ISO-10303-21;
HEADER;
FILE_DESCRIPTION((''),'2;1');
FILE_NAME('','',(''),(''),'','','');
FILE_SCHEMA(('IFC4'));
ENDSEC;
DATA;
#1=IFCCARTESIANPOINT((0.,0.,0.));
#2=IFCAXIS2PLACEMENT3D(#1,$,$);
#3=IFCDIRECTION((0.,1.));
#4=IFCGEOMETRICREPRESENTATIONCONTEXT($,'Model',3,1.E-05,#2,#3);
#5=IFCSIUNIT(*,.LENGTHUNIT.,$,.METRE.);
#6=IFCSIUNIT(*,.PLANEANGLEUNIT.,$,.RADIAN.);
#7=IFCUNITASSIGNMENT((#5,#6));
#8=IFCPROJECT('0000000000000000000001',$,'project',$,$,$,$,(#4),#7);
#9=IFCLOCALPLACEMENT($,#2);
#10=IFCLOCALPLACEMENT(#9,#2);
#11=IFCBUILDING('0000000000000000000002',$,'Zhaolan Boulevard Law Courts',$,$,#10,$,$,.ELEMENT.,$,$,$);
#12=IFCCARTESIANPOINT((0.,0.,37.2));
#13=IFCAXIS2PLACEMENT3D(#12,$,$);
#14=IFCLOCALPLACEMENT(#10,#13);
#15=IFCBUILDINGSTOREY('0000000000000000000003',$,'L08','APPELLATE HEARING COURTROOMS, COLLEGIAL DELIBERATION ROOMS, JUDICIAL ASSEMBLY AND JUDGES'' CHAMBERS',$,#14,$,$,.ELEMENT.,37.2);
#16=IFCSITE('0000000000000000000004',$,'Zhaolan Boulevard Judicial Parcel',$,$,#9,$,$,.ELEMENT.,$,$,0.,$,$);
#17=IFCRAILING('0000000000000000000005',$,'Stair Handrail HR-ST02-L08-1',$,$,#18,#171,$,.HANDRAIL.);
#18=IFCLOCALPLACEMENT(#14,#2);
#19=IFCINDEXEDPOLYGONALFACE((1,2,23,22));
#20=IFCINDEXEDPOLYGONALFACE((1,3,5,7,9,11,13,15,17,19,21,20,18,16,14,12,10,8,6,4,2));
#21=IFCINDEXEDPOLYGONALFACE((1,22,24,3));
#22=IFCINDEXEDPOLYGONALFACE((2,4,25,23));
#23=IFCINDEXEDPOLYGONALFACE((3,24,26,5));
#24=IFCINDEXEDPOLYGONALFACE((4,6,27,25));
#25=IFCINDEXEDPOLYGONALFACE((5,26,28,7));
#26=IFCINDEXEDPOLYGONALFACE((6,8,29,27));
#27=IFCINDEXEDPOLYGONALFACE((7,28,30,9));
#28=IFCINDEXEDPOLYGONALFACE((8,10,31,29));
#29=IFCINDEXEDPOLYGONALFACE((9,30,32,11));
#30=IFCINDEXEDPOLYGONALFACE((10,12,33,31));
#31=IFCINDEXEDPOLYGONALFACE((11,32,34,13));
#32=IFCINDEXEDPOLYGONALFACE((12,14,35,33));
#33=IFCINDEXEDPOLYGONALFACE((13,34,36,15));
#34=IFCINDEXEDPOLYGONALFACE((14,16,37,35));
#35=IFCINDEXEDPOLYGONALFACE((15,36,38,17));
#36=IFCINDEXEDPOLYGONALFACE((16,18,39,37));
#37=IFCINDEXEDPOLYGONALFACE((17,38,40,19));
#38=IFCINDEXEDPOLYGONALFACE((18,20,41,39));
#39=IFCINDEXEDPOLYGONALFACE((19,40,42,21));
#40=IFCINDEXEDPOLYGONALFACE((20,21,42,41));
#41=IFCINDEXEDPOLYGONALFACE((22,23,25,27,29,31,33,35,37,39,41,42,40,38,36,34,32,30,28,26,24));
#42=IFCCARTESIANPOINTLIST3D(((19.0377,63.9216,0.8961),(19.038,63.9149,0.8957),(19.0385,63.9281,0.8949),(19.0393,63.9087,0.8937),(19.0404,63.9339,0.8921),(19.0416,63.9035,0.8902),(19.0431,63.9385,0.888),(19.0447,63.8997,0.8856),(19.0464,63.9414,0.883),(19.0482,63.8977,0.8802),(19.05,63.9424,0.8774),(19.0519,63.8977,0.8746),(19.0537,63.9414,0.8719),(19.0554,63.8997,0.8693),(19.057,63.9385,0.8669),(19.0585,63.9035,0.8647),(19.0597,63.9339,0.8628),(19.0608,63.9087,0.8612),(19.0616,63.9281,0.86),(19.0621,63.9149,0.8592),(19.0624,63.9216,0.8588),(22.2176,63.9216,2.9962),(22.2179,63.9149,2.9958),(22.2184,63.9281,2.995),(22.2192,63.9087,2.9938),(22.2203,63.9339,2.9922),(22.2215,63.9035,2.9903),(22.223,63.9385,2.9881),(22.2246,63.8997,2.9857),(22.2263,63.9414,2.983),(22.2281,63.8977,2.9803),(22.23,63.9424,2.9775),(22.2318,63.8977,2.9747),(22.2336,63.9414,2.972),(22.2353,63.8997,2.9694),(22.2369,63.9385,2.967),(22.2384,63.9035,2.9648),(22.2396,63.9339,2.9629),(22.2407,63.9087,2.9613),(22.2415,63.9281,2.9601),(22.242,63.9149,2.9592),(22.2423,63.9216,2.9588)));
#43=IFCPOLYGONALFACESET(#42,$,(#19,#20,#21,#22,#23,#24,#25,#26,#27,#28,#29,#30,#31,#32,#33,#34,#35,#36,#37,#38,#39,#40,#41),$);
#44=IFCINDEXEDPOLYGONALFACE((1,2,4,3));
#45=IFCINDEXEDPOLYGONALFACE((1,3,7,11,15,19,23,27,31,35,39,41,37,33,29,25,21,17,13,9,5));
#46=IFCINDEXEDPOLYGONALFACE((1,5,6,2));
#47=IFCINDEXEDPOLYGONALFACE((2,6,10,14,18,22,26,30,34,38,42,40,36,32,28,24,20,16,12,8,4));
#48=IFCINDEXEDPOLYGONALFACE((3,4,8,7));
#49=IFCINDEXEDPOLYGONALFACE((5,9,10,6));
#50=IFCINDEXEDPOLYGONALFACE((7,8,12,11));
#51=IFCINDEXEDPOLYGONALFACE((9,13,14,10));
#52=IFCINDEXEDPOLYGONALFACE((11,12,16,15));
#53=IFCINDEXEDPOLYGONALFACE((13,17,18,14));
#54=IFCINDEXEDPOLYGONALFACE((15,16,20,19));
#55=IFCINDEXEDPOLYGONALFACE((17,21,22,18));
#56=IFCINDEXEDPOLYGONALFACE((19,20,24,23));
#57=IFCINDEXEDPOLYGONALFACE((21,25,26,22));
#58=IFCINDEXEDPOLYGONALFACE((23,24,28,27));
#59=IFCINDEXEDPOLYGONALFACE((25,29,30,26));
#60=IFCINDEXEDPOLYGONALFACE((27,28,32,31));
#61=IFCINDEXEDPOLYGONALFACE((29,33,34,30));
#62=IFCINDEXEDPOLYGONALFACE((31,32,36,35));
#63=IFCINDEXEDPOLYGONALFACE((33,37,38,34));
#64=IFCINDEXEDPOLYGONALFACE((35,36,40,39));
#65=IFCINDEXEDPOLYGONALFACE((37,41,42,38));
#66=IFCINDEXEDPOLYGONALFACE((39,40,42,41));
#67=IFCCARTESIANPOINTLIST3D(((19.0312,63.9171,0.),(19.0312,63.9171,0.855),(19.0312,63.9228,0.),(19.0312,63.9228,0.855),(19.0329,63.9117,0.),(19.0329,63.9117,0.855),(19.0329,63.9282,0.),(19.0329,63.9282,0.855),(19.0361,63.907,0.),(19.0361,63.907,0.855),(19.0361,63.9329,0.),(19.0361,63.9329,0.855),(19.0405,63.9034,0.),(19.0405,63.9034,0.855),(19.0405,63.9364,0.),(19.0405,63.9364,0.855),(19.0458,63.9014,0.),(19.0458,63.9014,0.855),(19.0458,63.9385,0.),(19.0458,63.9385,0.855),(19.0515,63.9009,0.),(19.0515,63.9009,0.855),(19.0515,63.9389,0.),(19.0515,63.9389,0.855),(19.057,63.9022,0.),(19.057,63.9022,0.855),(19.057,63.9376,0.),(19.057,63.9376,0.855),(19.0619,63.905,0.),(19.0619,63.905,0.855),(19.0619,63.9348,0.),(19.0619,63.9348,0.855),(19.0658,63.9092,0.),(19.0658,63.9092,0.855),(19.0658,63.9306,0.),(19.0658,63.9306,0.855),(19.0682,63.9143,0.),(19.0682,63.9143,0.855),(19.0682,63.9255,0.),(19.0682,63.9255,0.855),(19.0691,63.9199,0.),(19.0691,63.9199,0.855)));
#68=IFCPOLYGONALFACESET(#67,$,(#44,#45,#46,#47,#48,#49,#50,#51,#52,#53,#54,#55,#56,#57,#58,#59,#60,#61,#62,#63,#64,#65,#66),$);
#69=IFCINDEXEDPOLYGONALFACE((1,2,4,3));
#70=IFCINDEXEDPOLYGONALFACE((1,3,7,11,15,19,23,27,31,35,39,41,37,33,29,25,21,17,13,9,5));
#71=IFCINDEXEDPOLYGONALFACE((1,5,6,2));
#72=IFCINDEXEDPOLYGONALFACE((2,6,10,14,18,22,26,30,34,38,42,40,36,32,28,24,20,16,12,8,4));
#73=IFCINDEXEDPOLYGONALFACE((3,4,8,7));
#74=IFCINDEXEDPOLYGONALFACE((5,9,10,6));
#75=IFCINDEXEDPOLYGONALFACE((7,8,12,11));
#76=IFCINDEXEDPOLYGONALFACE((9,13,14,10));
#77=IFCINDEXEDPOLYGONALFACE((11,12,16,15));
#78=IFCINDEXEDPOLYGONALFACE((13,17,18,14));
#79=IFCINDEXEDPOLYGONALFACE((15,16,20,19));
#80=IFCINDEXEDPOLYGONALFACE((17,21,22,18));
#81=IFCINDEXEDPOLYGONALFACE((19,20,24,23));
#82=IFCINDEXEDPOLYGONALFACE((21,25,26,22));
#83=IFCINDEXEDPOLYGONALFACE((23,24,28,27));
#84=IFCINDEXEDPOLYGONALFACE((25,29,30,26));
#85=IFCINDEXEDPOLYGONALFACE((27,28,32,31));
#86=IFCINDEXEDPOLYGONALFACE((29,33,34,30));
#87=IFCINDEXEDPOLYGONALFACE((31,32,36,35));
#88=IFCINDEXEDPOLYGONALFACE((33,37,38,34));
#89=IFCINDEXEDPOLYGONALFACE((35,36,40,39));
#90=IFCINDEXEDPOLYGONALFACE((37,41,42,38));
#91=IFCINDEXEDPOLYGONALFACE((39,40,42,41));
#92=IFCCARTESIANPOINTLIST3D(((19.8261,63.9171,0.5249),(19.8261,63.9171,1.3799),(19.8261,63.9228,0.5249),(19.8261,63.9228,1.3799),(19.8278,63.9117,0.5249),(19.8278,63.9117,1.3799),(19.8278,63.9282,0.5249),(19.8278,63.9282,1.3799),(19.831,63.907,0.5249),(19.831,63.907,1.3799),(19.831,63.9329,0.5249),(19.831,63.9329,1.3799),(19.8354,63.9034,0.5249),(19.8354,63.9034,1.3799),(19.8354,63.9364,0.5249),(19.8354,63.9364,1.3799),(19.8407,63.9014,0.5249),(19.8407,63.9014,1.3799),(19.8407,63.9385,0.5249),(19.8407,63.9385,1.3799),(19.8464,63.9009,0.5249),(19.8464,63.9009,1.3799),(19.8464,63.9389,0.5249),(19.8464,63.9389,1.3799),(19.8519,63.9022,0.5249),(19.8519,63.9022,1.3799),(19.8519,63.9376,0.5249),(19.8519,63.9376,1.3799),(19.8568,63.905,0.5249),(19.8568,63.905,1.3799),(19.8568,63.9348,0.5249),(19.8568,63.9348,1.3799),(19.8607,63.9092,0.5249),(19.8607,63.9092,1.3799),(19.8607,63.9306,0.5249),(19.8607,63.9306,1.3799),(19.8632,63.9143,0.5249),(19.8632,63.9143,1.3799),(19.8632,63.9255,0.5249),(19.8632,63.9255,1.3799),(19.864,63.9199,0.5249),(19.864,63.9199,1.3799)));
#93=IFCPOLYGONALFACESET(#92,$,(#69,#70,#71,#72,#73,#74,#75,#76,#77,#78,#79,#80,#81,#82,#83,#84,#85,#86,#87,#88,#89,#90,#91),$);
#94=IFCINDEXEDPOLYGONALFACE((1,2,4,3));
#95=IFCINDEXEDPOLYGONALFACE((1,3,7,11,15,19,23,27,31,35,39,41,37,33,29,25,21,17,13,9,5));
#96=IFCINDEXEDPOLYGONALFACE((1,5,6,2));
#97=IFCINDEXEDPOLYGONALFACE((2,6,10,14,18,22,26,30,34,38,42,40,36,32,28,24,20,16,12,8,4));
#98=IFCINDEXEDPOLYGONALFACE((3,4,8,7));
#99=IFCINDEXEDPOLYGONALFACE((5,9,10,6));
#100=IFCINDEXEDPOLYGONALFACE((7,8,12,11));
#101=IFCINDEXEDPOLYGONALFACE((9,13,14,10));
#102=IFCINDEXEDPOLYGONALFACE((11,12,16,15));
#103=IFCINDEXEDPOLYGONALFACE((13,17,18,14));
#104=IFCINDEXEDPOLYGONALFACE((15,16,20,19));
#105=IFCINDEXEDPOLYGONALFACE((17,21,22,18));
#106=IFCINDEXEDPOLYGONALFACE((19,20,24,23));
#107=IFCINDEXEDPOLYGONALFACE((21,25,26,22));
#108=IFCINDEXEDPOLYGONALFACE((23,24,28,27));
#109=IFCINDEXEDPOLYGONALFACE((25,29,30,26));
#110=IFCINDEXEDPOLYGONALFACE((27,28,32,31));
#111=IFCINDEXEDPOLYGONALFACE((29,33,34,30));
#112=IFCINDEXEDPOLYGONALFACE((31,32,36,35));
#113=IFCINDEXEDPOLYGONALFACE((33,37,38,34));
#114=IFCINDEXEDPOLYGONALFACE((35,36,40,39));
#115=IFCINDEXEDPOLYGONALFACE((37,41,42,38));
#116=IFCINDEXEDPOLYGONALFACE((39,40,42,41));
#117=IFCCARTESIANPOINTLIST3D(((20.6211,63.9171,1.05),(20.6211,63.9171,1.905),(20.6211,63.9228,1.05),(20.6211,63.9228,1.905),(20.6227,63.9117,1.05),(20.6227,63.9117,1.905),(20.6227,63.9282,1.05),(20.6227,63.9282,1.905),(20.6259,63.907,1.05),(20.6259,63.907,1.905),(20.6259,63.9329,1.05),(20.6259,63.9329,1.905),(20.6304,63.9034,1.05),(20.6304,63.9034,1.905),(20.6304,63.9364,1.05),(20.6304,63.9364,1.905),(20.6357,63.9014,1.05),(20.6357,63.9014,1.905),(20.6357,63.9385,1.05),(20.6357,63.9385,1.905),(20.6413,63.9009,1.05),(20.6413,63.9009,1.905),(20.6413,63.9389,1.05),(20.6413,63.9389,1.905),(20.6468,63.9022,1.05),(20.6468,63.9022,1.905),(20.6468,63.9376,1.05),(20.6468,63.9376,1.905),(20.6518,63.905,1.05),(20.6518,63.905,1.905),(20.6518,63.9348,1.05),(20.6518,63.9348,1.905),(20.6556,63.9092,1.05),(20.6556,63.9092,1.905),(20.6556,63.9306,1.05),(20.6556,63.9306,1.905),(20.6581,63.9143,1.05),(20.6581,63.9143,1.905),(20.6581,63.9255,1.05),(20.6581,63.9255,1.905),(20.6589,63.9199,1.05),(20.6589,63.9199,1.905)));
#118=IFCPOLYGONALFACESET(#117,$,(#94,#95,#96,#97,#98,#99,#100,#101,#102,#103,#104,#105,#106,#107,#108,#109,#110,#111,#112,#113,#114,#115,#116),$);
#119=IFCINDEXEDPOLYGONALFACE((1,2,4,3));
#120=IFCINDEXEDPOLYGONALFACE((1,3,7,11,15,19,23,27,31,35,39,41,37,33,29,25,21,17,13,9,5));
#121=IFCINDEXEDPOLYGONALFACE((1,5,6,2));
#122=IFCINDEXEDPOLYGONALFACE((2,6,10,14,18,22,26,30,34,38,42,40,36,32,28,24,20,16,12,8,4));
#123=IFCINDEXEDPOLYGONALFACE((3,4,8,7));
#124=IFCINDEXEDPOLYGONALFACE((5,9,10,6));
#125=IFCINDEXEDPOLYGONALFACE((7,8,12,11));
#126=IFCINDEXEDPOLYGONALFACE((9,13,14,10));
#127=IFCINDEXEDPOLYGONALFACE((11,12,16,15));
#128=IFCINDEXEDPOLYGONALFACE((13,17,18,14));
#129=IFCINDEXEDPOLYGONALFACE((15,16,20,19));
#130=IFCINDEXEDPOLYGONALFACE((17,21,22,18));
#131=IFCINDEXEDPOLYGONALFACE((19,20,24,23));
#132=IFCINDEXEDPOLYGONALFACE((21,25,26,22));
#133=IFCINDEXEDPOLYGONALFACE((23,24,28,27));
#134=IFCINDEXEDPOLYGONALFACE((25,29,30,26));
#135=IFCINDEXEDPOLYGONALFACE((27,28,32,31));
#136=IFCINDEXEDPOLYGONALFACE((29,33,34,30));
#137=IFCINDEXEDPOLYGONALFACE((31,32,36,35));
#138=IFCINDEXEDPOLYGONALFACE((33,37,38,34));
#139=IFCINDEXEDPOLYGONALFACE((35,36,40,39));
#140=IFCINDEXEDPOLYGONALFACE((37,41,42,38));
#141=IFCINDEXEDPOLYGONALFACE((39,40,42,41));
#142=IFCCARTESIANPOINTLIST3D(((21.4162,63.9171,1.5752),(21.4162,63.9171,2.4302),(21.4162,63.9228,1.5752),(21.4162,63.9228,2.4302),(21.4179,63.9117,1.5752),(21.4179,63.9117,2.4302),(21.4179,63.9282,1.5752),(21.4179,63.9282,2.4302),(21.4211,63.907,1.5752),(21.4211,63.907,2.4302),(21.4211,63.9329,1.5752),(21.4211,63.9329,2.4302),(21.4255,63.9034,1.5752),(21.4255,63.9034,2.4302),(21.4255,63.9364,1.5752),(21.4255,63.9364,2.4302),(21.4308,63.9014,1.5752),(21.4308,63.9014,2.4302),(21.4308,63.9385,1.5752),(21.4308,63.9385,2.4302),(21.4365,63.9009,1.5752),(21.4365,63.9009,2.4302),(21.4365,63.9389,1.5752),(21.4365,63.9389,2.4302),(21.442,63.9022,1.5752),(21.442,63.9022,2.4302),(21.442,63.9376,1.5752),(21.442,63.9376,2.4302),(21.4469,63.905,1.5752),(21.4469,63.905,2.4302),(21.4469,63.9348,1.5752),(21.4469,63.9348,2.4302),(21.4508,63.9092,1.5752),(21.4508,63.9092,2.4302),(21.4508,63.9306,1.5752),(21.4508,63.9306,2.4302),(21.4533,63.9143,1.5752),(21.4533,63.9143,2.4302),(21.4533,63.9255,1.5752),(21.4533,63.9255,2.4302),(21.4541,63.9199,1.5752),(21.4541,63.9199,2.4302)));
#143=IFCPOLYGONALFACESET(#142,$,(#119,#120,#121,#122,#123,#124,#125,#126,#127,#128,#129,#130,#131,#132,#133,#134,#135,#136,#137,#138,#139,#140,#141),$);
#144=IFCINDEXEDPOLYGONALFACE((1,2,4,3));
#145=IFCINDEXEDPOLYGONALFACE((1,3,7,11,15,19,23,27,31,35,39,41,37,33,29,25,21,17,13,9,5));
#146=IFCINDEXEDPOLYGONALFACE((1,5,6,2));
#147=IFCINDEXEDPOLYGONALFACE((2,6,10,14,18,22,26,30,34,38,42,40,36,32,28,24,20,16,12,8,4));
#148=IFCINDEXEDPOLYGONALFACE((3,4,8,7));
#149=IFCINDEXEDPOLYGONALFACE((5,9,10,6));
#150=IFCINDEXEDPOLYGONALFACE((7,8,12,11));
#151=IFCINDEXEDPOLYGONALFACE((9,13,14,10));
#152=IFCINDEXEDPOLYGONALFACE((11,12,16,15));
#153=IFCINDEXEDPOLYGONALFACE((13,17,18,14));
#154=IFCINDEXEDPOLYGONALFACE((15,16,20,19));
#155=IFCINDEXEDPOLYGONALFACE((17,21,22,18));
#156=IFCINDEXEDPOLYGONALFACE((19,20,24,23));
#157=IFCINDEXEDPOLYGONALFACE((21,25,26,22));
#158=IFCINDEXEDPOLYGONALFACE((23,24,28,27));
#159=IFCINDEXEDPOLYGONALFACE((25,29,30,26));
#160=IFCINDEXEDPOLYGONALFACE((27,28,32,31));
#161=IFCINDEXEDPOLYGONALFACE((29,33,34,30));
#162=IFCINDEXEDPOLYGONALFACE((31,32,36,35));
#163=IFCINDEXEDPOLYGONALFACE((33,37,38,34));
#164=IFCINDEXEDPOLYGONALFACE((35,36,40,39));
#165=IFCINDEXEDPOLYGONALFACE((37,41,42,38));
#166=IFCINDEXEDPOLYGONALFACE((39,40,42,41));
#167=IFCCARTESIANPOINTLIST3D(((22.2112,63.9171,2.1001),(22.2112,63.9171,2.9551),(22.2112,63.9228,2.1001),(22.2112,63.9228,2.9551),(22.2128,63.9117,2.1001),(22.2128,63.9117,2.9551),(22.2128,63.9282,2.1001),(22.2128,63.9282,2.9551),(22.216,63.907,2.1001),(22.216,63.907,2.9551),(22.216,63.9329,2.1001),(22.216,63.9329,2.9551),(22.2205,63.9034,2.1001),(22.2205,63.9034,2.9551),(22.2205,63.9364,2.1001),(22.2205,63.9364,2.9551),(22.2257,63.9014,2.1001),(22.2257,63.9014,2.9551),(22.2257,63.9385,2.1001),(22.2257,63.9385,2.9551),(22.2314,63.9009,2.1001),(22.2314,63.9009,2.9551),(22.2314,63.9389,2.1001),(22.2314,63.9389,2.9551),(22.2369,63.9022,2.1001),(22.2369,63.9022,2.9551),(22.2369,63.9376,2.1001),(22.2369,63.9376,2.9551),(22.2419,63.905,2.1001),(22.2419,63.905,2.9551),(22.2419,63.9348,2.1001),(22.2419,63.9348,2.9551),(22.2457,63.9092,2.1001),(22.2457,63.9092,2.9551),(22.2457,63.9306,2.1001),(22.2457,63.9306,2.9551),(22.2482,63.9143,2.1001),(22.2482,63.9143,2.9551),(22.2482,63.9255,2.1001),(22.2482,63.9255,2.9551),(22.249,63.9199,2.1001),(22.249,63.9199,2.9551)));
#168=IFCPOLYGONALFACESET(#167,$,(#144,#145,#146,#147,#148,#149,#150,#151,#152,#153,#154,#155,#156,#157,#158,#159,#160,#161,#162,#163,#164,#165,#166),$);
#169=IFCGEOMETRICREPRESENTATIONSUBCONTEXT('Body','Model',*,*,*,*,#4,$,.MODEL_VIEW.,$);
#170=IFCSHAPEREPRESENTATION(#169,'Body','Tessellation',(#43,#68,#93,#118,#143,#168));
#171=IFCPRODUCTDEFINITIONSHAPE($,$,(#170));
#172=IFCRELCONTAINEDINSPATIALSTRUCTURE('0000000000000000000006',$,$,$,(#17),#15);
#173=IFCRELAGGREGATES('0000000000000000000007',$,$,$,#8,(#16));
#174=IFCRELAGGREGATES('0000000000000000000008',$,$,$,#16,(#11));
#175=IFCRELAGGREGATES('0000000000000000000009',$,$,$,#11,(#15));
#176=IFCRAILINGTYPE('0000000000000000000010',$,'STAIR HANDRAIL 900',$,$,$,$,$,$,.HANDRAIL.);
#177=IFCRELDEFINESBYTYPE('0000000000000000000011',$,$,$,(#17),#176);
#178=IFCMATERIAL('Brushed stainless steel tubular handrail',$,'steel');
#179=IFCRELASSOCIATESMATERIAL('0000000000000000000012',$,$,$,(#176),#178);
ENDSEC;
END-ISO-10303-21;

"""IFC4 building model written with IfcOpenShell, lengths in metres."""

from ifc_helpers import new_model, si_unit, direction, frame, origin, origin_2d, place, context, subcontext, project, spatial, circle, extrude, material, type_object, element, save


model = new_model("IFC4")

# Units and contexts
model_context = context("Model", 3, precision=1e-05, world=origin(), true_north=direction((0.0, 1.0)))
body_context = subcontext(model_context, "Body", "Model", "MODEL_VIEW")
ifc_project = project(units=[si_unit("LENGTHUNIT", "METRE"), si_unit("PLANEANGLEUNIT", "RADIAN")], contexts=[model_context])

# Site, building, storey
site_placement = place(None, origin())
site = spatial("IfcSite", under=ifc_project, at=site_placement, Name="Zhaolan Boulevard Judicial Parcel", CompositionType="ELEMENT", RefElevation=0.0)
building_placement = place(site_placement, origin())
building = spatial("IfcBuilding", under=site, at=building_placement, Name="Zhaolan Boulevard Law Courts", CompositionType="ELEMENT")
storey_placement = place(building_placement, frame((0.0, 0.0, 37.2)))
storey = spatial("IfcBuildingStorey", under=building, at=storey_placement, Name="L08", Description="APPELLATE HEARING COURTROOMS, COLLEGIAL DELIBERATION ROOMS, JUDICIAL ASSEMBLY AND JUDGES' CHAMBERS", CompositionType="ELEMENT", Elevation=37.2)

# Railing
ifc_material_1 = material(Name="Brushed stainless steel tubular handrail", Category="steel")
railing_type_1 = type_object("IfcRailingType", Name="STAIR HANDRAIL 900", PredefinedType="HANDRAIL", material=ifc_material_1)
railing_1_placement = place(storey_placement, frame((19.05, 63.9199, 0.0)))
element("IfcRailing", 1, at=railing_1_placement, inside=storey, type_object=railing_type_1, Name="Stair Handrail HR-ST02-L08-1", PredefinedType="HANDRAIL", context=body_context, shape_type="SweptSolid", body=[
    extrude(circle(Radius=0.0225, at=origin_2d()), frame((0.0, 0.0, 0.8774), z_axis=(0.834447, 0.0, 0.551088), x_axis=(0.0, 1.0, 0.0)), (0.0, 0.0, 1.0), 3.8108),
    extrude(circle(Radius=0.019, at=origin_2d()), origin(), (0.0, 0.0, 1.0), 0.855),
    extrude(circle(Radius=0.019, at=origin_2d()), frame((0.7949, 0.0, 0.5249)), (0.0, 0.0, 1.0), 0.855),
    extrude(circle(Radius=0.019, at=origin_2d()), frame((1.5898, 0.0, 1.05)), (0.0, 0.0, 1.0), 0.855),
    extrude(circle(Radius=0.019, at=origin_2d()), frame((2.385, 0.0, 1.5752)), (0.0, 0.0, 1.0), 0.855),
    extrude(circle(Radius=0.019, at=origin_2d()), frame((3.1799, 0.0, 2.1001)), (0.0, 0.0, 1.0), 0.855),
])

save(model, "model.ifc")
